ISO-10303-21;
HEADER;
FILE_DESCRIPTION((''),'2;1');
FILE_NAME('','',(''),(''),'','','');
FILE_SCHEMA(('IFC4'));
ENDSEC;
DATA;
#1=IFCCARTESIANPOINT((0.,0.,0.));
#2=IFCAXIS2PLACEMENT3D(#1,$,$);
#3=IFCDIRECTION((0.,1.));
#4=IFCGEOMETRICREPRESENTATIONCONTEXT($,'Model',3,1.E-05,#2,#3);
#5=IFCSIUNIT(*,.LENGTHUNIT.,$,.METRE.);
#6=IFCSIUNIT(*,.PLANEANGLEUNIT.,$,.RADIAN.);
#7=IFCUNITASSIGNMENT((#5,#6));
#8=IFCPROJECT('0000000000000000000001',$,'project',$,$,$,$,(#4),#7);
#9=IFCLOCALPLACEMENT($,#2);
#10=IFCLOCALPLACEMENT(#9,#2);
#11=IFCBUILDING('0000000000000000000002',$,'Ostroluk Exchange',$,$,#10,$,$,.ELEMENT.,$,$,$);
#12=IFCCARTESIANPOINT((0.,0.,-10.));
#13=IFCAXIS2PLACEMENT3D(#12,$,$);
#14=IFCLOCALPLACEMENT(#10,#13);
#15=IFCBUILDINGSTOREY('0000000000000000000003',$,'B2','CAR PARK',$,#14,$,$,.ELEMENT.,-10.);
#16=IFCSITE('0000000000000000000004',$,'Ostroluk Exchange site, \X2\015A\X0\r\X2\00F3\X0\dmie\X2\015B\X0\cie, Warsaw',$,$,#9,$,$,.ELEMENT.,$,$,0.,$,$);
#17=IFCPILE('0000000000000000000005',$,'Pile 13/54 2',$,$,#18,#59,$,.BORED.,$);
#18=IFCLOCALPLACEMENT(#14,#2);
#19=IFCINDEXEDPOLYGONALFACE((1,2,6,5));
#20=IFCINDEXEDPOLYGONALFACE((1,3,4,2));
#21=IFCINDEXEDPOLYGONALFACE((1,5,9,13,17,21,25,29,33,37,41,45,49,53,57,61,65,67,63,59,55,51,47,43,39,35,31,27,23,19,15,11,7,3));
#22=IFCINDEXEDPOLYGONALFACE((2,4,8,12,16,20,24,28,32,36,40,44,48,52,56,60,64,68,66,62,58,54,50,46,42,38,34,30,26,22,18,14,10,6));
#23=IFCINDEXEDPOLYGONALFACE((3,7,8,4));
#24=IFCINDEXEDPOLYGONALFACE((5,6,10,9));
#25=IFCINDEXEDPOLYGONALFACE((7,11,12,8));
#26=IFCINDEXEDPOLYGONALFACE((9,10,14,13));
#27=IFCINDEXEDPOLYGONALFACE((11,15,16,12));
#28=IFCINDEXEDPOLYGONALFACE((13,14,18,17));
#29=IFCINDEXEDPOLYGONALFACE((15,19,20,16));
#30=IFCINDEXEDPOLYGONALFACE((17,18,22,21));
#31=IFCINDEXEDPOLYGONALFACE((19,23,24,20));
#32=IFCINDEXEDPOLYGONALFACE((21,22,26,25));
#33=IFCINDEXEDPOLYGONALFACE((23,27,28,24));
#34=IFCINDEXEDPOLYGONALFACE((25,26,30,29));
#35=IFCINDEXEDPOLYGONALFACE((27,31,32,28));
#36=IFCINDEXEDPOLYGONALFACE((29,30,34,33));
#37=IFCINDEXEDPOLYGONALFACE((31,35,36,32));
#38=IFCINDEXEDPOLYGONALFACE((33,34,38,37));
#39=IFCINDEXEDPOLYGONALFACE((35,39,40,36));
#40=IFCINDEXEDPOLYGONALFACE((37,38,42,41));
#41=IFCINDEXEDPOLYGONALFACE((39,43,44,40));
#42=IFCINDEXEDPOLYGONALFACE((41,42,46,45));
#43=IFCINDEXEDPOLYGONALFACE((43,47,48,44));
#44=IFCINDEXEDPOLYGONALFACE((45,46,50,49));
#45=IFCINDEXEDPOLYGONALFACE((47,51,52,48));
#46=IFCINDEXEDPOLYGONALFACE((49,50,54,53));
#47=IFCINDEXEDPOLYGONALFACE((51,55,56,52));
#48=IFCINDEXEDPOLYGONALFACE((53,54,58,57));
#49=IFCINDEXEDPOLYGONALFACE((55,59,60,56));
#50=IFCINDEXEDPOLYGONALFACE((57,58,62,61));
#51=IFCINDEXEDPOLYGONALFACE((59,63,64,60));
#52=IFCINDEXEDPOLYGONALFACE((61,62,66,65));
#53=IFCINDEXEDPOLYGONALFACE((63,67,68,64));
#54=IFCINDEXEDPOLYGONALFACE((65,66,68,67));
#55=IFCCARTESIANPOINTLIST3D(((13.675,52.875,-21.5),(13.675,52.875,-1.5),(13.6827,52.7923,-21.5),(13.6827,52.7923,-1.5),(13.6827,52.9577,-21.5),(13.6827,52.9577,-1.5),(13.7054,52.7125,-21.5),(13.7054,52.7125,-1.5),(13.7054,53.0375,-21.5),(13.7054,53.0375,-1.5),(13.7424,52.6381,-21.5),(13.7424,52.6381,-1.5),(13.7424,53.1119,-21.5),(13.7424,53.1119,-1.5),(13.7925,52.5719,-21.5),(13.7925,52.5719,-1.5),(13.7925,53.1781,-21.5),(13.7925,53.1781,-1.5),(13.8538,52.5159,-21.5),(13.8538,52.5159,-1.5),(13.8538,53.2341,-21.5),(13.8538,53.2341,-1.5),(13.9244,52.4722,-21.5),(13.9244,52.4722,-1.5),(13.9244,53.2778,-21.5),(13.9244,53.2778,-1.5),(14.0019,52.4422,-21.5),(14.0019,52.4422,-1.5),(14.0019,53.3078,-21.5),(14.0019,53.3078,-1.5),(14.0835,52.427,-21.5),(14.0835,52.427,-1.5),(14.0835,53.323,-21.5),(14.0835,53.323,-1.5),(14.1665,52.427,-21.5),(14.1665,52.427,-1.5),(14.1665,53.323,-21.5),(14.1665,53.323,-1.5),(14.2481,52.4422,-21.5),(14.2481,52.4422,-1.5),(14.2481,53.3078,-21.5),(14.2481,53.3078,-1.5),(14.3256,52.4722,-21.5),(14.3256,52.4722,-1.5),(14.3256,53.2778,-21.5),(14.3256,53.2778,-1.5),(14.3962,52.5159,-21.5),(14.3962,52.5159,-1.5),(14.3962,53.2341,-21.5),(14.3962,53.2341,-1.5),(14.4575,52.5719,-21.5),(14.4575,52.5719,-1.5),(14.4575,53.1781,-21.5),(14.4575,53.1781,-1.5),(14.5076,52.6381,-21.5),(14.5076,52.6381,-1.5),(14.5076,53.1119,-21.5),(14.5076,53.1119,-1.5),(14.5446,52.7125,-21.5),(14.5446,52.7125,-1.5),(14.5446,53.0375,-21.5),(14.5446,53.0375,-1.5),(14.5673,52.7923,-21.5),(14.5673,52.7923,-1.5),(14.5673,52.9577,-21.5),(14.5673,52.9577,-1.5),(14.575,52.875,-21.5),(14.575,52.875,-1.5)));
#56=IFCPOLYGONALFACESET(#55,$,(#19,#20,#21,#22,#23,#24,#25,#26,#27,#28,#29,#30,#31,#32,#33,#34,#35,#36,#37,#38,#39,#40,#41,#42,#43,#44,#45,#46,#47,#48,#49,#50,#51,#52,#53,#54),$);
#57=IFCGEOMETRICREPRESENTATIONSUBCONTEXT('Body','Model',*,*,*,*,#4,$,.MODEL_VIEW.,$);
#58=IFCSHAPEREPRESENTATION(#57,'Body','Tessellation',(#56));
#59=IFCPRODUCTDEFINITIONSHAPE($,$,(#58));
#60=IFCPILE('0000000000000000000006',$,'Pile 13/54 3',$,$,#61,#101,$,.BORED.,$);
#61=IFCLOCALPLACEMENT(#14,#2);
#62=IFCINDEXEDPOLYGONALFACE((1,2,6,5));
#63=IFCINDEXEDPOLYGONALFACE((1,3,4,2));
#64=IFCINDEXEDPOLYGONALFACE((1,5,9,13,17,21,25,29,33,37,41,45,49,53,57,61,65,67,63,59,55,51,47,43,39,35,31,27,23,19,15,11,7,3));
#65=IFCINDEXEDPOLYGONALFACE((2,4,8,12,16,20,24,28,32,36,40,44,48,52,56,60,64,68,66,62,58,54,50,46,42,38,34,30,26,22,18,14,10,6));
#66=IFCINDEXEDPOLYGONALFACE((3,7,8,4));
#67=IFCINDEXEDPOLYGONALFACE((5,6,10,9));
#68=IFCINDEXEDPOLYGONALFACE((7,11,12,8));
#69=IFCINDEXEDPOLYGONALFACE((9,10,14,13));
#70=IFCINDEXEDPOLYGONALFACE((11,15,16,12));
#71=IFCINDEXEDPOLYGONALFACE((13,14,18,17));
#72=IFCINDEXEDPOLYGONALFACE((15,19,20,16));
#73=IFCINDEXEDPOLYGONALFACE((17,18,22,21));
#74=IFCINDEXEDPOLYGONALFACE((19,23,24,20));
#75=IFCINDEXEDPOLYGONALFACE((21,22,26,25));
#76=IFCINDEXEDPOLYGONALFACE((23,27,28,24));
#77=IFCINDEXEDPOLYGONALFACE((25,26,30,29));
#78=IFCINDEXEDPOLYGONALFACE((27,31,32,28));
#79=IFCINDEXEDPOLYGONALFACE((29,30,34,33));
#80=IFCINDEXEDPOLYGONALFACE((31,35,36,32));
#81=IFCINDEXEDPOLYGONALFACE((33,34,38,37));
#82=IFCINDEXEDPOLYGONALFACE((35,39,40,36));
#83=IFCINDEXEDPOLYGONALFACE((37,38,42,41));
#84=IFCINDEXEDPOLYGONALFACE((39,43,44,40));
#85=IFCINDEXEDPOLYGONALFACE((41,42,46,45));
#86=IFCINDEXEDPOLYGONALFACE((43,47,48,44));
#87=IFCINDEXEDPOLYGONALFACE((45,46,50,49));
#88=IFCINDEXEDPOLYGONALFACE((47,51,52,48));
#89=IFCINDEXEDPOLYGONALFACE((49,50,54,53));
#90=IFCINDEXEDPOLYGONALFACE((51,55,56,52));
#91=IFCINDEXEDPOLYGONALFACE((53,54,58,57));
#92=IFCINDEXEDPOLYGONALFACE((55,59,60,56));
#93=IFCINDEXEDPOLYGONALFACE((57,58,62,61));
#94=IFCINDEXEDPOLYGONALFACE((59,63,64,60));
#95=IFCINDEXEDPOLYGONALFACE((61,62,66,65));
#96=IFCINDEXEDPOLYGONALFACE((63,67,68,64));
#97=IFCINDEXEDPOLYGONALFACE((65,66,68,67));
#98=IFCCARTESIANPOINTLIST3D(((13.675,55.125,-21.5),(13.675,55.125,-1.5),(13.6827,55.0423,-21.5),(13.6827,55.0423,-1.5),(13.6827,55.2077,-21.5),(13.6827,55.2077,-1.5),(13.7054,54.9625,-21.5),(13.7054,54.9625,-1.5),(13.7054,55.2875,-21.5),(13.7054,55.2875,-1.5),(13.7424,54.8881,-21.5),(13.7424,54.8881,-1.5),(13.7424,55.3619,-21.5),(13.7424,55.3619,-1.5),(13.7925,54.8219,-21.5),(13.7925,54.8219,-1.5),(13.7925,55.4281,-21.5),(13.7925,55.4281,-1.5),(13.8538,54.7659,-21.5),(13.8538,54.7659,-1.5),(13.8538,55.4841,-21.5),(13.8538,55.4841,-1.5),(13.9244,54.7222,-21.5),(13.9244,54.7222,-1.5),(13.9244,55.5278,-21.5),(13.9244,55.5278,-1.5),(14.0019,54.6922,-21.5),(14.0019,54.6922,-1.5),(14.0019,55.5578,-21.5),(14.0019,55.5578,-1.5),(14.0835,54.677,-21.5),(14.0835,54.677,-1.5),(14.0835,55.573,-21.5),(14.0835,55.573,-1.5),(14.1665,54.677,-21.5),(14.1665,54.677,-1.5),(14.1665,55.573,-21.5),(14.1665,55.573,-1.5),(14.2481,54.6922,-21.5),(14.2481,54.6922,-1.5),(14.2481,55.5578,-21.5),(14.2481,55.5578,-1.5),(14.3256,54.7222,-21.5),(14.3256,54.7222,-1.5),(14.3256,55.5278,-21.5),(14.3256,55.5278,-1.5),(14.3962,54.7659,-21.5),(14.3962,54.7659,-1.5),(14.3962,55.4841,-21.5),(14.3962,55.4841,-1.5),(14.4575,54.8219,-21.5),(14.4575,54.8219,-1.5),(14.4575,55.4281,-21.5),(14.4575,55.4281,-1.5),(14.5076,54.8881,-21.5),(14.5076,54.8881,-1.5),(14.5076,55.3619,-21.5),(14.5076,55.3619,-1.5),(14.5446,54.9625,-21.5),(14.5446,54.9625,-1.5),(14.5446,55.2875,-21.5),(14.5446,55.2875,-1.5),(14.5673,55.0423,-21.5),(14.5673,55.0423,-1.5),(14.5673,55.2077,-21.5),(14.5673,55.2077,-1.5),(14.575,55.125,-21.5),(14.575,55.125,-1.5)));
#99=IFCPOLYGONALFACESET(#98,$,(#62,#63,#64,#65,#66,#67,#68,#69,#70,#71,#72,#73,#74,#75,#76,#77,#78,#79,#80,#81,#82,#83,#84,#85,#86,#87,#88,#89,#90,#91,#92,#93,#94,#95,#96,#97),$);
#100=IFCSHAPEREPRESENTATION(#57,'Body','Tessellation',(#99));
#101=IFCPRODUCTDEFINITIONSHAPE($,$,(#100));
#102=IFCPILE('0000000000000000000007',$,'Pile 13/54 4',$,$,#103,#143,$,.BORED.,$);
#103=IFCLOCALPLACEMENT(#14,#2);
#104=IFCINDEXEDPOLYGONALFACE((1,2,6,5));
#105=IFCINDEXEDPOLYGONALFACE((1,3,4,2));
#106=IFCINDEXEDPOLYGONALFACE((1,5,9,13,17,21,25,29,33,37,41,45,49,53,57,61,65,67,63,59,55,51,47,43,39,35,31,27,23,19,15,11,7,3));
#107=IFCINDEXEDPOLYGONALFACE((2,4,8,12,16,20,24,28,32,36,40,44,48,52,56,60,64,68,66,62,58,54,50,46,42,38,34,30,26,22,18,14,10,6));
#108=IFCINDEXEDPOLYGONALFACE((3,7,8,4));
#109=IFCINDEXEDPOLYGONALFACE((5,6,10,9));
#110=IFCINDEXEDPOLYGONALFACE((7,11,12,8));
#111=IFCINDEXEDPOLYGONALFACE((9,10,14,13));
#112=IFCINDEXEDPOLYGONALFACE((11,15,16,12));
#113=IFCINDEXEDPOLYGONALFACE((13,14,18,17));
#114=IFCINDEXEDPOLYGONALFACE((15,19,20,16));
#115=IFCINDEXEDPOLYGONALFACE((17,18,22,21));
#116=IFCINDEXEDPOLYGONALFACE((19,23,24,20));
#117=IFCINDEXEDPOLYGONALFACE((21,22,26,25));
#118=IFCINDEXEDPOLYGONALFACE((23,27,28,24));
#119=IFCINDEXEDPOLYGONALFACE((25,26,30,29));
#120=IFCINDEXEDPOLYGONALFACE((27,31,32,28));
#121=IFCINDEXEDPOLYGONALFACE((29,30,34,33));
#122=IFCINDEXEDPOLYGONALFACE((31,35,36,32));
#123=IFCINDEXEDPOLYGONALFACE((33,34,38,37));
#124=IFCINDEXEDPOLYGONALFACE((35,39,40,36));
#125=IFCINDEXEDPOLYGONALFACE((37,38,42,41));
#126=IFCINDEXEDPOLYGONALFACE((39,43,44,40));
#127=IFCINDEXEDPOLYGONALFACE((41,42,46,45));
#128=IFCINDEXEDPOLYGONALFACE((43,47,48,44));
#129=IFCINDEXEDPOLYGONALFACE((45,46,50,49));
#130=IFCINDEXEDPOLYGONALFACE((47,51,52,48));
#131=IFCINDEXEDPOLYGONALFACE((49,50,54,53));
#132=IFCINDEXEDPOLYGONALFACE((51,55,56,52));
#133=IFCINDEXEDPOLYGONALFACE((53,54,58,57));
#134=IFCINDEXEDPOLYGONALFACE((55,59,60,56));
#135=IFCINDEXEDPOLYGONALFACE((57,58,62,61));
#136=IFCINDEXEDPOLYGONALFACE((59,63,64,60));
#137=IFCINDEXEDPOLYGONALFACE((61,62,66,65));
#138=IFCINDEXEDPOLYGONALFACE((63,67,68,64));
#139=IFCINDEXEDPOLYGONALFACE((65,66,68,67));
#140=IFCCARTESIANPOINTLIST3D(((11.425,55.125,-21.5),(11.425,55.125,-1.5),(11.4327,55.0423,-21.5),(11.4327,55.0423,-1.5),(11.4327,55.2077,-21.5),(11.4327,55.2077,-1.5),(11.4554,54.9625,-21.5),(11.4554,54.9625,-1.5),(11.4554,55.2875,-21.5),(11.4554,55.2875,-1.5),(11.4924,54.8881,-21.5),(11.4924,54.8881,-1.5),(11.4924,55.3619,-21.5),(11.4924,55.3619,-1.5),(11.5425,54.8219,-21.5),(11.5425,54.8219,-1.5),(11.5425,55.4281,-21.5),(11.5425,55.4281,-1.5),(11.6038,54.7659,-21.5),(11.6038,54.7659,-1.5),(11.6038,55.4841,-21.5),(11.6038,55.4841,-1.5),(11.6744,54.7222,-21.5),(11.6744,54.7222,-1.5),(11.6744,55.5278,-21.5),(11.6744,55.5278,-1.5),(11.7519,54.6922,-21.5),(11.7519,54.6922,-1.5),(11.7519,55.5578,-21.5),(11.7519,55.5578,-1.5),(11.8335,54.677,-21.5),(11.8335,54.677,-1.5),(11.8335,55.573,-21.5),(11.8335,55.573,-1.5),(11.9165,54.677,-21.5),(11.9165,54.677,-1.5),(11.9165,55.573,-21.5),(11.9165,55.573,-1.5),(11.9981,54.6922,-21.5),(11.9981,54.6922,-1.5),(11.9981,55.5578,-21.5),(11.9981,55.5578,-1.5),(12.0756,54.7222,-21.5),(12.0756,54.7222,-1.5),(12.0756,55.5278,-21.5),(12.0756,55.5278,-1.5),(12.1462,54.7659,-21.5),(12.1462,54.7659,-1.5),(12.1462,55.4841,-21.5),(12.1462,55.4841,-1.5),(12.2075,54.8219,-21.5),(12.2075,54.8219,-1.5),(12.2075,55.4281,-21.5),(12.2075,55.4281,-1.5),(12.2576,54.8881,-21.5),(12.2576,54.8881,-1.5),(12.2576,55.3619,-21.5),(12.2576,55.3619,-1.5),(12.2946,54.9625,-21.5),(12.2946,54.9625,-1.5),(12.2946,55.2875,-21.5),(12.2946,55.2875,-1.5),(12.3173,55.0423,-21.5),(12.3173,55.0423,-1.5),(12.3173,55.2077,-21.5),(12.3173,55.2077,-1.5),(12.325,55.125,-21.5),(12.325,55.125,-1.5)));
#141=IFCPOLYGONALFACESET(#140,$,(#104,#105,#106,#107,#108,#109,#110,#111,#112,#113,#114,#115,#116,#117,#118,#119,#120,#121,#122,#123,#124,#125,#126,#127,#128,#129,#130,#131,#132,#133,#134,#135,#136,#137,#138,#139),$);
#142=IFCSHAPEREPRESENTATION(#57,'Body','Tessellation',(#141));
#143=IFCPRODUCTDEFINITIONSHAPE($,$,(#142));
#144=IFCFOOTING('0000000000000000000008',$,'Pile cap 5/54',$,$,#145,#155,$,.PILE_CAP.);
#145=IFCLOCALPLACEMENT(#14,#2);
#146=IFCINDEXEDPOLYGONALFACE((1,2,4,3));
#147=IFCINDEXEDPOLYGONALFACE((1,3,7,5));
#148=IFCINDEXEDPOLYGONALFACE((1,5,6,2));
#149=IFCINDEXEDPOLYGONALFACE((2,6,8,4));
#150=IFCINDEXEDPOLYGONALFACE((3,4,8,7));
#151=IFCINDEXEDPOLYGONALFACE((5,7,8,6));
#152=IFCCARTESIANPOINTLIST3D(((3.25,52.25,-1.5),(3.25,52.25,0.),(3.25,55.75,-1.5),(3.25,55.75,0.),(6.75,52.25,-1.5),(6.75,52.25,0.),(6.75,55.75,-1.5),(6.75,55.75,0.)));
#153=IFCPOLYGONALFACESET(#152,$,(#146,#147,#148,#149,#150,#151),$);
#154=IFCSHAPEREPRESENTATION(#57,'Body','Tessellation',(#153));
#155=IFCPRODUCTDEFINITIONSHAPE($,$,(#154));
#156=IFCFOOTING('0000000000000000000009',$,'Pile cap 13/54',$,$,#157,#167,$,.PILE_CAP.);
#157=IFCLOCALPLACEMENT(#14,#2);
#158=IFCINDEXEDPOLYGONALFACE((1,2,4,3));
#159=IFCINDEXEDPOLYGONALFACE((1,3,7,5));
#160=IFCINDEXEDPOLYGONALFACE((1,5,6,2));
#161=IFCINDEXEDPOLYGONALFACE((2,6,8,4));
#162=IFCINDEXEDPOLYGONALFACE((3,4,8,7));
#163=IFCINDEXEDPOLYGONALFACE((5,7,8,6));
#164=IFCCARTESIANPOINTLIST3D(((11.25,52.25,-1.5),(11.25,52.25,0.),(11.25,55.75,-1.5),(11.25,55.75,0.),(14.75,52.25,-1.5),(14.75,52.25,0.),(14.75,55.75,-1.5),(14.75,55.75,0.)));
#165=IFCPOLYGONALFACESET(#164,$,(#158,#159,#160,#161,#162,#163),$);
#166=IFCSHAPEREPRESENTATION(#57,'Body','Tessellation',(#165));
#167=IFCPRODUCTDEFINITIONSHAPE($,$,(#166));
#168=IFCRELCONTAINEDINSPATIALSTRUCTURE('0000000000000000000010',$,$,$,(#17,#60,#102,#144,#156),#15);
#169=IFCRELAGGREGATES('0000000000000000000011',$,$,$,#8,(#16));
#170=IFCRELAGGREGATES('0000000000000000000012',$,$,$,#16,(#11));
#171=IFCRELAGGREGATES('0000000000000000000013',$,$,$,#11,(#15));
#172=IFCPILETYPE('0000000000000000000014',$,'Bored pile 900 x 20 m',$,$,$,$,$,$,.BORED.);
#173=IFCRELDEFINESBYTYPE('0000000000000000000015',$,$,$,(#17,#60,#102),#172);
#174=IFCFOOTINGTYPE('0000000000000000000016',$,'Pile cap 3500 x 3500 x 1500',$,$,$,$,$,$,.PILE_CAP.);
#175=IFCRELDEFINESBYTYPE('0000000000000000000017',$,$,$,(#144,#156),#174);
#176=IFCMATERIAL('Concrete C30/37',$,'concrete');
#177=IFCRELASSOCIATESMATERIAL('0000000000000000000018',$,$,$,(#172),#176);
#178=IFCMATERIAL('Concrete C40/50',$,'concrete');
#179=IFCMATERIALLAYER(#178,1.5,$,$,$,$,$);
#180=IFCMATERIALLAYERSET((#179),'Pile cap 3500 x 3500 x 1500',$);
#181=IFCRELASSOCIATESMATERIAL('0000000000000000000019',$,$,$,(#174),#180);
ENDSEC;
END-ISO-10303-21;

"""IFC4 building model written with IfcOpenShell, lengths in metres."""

from ifc_helpers import new_model, si_unit, direction, frame, origin, origin_2d, place, context, subcontext, project, spatial, rectangle, circle, extrude, material, layer, layer_set, type_object, element, save


model = new_model("IFC4")

# Units and contexts
model_context = context("Model", 3, precision=1e-05, world=origin(), true_north=direction((0.0, 1.0)))
body_context = subcontext(model_context, "Body", "Model", "MODEL_VIEW")
ifc_project = project(units=[si_unit("LENGTHUNIT", "METRE"), si_unit("PLANEANGLEUNIT", "RADIAN")], contexts=[model_context])

# Site, building, storey
site_placement = place(None, origin())
site = spatial("IfcSite", under=ifc_project, at=site_placement, Name="Ostroluk Exchange site, Śródmieście, Warsaw", CompositionType="ELEMENT", RefElevation=0.0)
building_placement = place(site_placement, origin())
building = spatial("IfcBuilding", under=site, at=building_placement, Name="Ostroluk Exchange", CompositionType="ELEMENT")
storey_placement = place(building_placement, frame((0.0, 0.0, -10.0)))
storey = spatial("IfcBuildingStorey", under=building, at=storey_placement, Name="B2", Description="CAR PARK", CompositionType="ELEMENT", Elevation=-10.0)

# Piles
ifc_material_1 = material(Name="Concrete C30/37", Category="concrete")
pile_type_1 = type_object("IfcPileType", Name="Bored pile 900 x 20 m", PredefinedType="BORED", material=ifc_material_1)
for number, where, z_axis, x_axis, name in (
    (1, (14.125, 52.875, -1.5), (0.0, 0.0, -1.0), (1.0, 0.0, 0.0), "Pile 13/54 2"),
    (2, (14.125, 55.125, -1.5), (0.0, 0.0, -1.0), (1.0, 0.0, 0.0), "Pile 13/54 3"),
    (3, (11.875, 55.125, -1.5), (0.0, 0.0, -1.0), (1.0, 0.0, 0.0), "Pile 13/54 4"),
):
    element("IfcPile", number, at=place(storey_placement, frame(where, z_axis=z_axis, x_axis=x_axis)), inside=storey, type_object=pile_type_1, Name=name, PredefinedType="BORED", context=body_context, shape_type="SweptSolid", body=[
        extrude(circle(Radius=0.45, at=origin_2d()), origin(), (0.0, 0.0, 1.0), 20.0),
    ])

# Footings
ifc_material_2 = material(Name="Concrete C40/50", Category="concrete")
ifc_layer_1 = layer(ifc_material_2, 1.5)
ifc_layer_set_1 = layer_set([ifc_layer_1], Name="Pile cap 3500 x 3500 x 1500")
footing_type = type_object("IfcFootingType", Name="Pile cap 3500 x 3500 x 1500", PredefinedType="PILE_CAP", material=ifc_layer_set_1)
for number, where, z_axis, x_axis, name in (
    (4, (5.0, 54.0, -1.5), (0.0, 0.0, 1.0), (1.0, 0.0, 0.0), "Pile cap 5/54"),
    (5, (13.0, 54.0, -1.5), (0.0, 0.0, 1.0), (1.0, 0.0, 0.0), "Pile cap 13/54"),
):
    element("IfcFooting", number, at=place(storey_placement, frame(where, z_axis=z_axis, x_axis=x_axis)), inside=storey, type_object=footing_type, Name=name, PredefinedType="PILE_CAP", context=body_context, shape_type="SweptSolid", body=[
        extrude(rectangle(XDim=3.5, YDim=3.5, at=origin_2d()), origin(), (0.0, 0.0, 1.0), 1.5),
    ])

save(model, "model.ifc")
